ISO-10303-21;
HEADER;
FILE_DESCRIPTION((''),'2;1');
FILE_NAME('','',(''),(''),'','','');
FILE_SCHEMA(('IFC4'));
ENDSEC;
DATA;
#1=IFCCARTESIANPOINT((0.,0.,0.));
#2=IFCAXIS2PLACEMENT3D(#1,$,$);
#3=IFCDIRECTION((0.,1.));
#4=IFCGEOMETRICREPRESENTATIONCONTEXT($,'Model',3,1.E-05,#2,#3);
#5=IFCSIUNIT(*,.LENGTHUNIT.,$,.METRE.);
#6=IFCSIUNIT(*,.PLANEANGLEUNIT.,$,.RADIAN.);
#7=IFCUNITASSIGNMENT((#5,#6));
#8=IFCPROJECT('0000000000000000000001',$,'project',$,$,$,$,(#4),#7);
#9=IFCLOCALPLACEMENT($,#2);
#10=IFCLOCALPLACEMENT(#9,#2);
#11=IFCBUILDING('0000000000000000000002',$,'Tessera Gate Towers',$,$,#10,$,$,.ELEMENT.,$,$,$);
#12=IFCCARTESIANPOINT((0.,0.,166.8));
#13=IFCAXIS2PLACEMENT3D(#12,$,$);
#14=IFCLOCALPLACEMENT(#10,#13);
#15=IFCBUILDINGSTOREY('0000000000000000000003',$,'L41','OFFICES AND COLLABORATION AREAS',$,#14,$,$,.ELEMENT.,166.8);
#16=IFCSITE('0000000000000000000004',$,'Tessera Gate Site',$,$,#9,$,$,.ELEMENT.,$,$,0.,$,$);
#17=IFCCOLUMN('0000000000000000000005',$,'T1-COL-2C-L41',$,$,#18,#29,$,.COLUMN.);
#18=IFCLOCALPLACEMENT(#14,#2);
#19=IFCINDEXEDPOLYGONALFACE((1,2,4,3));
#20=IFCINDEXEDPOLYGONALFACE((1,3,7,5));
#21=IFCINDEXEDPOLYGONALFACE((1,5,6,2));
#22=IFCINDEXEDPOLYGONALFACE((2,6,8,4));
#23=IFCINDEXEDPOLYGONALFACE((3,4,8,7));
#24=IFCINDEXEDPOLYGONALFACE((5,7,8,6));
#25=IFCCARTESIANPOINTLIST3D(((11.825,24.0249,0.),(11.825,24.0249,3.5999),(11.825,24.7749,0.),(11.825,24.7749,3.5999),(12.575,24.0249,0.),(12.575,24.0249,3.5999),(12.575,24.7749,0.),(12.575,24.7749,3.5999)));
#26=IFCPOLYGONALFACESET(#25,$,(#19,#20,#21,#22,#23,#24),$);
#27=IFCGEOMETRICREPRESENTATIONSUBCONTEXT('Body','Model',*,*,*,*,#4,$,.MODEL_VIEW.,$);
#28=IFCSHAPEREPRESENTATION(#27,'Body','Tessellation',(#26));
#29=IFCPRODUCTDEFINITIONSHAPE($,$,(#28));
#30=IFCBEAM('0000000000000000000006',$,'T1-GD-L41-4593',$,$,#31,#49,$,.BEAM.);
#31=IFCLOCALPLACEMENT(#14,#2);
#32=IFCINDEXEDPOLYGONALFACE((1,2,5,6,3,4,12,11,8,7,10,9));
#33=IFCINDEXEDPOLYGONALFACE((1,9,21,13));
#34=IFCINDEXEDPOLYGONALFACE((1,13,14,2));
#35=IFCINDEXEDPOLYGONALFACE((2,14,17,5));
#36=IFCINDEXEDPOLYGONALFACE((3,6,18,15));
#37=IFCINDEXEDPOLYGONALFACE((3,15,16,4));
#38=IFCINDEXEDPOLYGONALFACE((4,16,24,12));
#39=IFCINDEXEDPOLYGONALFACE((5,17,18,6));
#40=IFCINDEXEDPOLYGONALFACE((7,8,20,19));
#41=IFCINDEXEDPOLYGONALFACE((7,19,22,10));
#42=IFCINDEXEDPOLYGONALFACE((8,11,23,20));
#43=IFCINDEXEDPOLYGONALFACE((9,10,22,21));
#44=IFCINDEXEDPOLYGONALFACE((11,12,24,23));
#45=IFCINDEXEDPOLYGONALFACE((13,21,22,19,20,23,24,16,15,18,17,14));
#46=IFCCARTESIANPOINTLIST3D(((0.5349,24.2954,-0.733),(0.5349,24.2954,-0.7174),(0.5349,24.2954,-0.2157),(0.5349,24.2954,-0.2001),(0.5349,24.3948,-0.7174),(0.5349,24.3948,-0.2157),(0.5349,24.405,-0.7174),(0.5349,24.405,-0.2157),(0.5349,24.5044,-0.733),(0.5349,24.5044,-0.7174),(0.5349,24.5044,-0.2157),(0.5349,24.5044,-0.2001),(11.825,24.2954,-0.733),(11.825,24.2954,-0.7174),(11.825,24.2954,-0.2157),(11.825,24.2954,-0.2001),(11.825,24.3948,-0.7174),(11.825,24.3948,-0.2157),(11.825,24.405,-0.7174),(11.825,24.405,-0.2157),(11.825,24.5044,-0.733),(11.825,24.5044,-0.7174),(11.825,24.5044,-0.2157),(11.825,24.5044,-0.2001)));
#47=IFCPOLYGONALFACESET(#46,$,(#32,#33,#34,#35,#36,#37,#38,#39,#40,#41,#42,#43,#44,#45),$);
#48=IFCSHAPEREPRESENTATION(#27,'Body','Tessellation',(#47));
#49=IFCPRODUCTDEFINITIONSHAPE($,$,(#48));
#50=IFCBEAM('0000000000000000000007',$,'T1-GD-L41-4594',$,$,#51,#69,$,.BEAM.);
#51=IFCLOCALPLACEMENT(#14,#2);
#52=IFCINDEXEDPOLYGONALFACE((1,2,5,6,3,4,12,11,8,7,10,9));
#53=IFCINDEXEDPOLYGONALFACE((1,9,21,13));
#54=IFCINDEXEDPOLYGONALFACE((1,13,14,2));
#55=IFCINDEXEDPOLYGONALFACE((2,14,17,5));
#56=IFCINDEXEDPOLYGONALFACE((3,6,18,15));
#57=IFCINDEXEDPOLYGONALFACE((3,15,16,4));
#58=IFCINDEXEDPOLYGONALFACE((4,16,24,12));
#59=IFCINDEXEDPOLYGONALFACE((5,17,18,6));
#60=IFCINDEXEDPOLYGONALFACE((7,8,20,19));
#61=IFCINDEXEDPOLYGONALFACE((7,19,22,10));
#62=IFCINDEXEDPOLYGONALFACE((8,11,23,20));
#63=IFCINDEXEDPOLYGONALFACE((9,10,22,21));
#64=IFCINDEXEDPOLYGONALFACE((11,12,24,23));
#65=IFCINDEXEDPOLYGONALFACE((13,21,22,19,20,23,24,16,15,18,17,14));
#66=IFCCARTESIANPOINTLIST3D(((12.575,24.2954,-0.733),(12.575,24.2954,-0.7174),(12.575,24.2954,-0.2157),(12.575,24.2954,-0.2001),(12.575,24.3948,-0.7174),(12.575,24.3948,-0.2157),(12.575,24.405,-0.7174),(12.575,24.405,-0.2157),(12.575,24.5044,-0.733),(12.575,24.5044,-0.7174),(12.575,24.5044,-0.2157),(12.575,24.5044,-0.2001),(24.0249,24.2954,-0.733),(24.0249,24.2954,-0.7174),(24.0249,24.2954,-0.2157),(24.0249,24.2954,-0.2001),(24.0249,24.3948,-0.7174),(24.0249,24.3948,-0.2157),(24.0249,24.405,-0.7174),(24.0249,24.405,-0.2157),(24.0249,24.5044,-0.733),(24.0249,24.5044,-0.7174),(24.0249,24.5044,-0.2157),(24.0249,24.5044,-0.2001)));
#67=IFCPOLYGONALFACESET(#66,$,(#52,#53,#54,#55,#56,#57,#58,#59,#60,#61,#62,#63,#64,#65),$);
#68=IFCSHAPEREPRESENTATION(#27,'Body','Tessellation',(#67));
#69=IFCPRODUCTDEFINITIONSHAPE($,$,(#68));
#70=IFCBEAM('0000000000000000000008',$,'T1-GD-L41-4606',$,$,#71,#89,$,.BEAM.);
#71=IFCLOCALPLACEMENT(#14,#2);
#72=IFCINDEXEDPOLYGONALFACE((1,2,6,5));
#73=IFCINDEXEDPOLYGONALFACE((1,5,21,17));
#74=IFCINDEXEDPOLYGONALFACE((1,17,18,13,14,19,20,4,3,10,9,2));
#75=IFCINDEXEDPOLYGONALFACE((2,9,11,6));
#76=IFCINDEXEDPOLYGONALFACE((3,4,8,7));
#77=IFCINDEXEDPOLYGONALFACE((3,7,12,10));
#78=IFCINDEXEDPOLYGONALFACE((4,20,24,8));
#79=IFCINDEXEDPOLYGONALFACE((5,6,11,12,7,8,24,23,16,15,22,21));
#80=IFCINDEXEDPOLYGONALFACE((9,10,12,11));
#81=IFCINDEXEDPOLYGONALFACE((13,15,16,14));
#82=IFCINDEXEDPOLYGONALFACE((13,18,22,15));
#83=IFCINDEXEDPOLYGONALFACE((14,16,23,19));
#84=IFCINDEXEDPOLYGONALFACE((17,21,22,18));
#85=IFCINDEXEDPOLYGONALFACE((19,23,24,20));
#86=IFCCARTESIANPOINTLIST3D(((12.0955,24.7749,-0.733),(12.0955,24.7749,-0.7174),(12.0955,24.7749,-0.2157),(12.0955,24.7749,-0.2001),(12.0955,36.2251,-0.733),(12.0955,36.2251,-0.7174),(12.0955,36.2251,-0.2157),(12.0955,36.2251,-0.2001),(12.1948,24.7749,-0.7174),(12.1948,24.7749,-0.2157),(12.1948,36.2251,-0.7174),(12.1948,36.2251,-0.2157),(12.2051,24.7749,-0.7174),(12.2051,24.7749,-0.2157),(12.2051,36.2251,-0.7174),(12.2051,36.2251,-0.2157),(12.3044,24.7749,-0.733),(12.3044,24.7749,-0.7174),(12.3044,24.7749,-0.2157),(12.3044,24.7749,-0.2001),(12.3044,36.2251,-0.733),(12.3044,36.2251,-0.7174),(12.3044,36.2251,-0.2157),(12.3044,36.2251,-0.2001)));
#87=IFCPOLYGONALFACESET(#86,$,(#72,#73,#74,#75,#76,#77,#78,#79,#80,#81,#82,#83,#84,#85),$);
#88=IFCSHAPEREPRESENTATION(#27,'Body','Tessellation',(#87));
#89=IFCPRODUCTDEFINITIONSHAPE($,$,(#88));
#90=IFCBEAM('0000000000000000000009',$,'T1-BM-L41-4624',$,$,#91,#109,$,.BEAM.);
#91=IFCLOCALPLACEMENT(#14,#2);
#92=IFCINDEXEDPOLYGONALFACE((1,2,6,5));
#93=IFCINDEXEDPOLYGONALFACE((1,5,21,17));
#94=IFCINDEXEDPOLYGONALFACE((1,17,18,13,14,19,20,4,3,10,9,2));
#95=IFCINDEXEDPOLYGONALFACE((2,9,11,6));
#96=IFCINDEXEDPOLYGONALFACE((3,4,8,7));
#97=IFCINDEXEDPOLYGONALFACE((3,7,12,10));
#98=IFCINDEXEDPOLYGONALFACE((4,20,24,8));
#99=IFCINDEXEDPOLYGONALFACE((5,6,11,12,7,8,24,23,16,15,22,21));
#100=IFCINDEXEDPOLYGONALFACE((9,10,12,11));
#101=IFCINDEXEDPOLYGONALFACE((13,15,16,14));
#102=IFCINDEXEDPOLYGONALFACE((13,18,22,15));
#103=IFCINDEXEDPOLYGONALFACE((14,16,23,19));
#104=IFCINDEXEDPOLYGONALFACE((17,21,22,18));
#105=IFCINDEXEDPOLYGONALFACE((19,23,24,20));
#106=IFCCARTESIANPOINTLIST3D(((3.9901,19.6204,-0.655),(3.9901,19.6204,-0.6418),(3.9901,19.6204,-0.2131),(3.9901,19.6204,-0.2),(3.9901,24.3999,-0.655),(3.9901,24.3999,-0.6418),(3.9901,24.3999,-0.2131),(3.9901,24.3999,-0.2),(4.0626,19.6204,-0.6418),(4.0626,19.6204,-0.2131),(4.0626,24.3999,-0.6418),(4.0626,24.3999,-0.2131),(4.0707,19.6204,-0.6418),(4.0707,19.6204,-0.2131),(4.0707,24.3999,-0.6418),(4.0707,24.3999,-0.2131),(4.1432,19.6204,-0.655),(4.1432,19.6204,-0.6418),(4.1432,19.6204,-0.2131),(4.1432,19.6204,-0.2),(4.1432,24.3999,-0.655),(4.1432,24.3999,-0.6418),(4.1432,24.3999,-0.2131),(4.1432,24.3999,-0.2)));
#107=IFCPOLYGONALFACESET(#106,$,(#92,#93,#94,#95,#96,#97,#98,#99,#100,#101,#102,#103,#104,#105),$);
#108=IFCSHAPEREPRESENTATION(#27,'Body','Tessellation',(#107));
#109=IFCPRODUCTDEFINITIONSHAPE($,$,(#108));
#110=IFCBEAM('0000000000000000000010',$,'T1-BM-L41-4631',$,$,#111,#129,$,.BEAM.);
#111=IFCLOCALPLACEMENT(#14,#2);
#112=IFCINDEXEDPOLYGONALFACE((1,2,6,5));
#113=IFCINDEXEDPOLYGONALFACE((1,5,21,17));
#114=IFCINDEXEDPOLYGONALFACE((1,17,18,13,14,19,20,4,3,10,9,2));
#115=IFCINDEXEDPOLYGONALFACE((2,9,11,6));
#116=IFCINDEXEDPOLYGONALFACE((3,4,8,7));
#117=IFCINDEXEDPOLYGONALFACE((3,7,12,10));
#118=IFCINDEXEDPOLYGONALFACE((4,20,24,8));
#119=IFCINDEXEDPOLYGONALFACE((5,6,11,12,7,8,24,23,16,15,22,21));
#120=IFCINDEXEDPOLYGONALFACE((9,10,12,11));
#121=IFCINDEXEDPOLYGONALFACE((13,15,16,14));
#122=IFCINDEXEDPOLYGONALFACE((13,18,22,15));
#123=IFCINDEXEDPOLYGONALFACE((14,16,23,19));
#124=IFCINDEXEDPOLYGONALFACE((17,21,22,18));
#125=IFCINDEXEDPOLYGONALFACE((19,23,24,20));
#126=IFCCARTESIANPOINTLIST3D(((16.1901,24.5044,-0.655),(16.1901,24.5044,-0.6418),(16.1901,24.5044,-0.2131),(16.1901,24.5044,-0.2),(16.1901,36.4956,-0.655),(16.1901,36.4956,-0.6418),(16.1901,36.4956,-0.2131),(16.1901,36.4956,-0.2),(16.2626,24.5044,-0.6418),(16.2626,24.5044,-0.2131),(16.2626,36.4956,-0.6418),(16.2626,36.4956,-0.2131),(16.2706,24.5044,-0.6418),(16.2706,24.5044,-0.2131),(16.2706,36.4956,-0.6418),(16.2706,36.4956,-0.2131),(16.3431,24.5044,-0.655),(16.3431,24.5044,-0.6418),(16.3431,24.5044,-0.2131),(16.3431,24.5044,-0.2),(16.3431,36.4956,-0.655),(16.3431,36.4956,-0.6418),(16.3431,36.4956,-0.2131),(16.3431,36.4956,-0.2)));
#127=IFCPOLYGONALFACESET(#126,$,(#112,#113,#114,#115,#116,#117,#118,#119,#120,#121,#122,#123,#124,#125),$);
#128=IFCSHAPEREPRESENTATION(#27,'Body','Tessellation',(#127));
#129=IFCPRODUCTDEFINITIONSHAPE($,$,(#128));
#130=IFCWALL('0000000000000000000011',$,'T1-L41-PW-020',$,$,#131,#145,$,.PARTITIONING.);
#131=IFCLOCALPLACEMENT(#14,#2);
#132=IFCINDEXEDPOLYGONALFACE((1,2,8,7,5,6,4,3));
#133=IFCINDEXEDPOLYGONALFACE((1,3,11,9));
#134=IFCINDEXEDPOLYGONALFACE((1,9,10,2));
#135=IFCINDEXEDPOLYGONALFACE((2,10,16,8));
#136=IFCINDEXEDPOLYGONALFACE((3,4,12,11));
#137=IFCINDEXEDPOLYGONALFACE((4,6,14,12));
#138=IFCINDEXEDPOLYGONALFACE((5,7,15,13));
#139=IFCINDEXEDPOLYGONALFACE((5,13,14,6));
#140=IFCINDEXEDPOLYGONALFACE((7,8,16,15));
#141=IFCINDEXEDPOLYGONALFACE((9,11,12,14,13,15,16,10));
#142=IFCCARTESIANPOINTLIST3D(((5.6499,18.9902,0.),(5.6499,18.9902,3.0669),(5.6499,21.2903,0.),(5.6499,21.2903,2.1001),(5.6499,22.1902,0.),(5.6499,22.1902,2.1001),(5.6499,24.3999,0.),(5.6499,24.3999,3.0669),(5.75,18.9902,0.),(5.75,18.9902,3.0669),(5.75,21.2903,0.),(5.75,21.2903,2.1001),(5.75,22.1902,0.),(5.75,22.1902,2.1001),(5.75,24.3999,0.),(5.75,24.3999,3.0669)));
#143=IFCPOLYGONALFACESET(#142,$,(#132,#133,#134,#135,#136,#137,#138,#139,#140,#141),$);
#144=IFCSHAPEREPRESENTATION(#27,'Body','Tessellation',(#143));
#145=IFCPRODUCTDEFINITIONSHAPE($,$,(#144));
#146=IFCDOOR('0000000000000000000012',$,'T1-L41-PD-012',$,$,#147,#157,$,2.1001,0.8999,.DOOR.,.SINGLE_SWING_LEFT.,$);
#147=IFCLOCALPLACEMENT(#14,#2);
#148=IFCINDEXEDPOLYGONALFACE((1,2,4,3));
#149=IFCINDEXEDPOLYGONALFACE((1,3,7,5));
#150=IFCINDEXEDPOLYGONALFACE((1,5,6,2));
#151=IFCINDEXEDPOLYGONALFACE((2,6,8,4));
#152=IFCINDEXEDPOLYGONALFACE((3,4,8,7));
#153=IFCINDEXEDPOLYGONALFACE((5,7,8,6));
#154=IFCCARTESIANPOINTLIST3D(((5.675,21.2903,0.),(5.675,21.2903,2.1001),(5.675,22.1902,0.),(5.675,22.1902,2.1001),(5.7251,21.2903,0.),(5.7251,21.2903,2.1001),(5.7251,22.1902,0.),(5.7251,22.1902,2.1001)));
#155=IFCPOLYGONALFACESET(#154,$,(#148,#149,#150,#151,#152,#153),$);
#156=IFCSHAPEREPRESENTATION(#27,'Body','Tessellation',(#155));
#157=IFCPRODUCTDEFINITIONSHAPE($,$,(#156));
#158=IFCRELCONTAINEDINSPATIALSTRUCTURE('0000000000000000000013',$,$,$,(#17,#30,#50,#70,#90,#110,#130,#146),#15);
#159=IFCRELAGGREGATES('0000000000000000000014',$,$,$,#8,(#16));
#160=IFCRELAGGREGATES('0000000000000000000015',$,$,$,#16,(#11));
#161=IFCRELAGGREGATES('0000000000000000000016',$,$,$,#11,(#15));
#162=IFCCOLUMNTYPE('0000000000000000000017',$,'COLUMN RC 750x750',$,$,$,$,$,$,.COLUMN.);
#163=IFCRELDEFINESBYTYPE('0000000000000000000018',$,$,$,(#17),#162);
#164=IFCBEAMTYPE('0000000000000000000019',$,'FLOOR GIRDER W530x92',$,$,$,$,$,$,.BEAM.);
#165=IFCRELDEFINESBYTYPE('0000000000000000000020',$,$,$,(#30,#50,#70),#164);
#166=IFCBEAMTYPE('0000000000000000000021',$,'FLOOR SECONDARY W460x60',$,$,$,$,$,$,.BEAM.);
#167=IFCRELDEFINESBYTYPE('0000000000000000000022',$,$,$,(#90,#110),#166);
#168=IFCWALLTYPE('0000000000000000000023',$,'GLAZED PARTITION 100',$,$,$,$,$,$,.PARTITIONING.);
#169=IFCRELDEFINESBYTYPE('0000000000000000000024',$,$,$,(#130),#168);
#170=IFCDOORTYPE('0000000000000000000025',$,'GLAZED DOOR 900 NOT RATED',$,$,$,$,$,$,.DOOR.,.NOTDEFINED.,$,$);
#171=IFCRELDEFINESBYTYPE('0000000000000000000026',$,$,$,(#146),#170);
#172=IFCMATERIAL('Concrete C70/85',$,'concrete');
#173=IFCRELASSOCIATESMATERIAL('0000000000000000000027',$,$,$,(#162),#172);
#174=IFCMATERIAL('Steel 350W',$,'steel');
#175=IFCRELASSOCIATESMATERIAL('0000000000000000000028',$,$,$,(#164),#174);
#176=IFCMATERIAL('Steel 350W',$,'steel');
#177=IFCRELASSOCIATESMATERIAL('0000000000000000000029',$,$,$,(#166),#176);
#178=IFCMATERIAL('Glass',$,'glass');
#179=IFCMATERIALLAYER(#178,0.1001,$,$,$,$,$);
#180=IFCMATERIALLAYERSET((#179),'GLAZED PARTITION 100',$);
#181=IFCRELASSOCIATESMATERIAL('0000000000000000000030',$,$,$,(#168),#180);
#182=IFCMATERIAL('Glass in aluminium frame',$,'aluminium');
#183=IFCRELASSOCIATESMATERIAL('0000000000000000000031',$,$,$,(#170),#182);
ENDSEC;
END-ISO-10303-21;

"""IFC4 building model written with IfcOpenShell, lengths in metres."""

from ifc_helpers import new_model, si_unit, direction, frame, frame_2d, origin, origin_2d, place, context, subcontext, project, spatial, rectangle, i_section, extrude, source, transform, mapped, material, layer, layer_set, material_profile, profile_set, type_object, element, fill, save


model = new_model("IFC4")

# Units and contexts
model_context = context("Model", 3, precision=1e-05, world=origin(), true_north=direction((0.0, 1.0)))
body_context = subcontext(model_context, "Body", "Model", "MODEL_VIEW")
ifc_project = project(units=[si_unit("LENGTHUNIT", "METRE"), si_unit("PLANEANGLEUNIT", "RADIAN")], contexts=[model_context])

# Site, building, storey
site_placement = place(None, origin())
site = spatial("IfcSite", under=ifc_project, at=site_placement, Name="Tessera Gate Site", CompositionType="ELEMENT", RefElevation=0.0)
building_placement = place(site_placement, origin())
building = spatial("IfcBuilding", under=site, at=building_placement, Name="Tessera Gate Towers", CompositionType="ELEMENT")
storey_placement = place(building_placement, frame((0.0, 0.0, 166.8)))
storey = spatial("IfcBuildingStorey", under=building, at=storey_placement, Name="L41", Description="OFFICES AND COLLABORATION AREAS", CompositionType="ELEMENT", Elevation=166.8)

# Column
ifc_material_1 = material(Name="Concrete C70/85", Category="concrete")
ifc_material_profile_1 = material_profile(ifc_material_1, rectangle(XDim=0.75, YDim=0.75, at=origin_2d()), Name="RC 750x750")
ifc_profile_set_1 = profile_set([ifc_material_profile_1], Name="Concrete C70/85")
column_type = type_object("IfcColumnType", Name="COLUMN RC 750x750", PredefinedType="COLUMN", material=ifc_profile_set_1)
column_placement = place(storey_placement, frame((12.2, 24.3999, 0.0), z_axis=(0.0, 0.0, 1.0), x_axis=(1.0, 0.0, 0.0)))
element("IfcColumn", 1, at=column_placement, inside=storey, type_object=column_type, Name="T1-COL-2C-L41", PredefinedType="COLUMN", context=body_context, shape_type="SweptSolid", body=[
    extrude(rectangle(XDim=0.75, YDim=0.75, at=origin_2d()), origin(), (0.0, 0.0, 1.0), 3.5999),
])

# Beams
ifc_material_2 = material(Name="Steel 350W", Category="steel")
ifc_material_profile_2 = material_profile(ifc_material_2, i_section(OverallWidth=0.209, OverallDepth=0.533, WebThickness=0.0103, FlangeThickness=0.0156, at=origin_2d()), Name="W530x92")
ifc_profile_set_2 = profile_set([ifc_material_profile_2], Name="Steel 350W")
beam_type_1 = type_object("IfcBeamType", Name="FLOOR GIRDER W530x92", PredefinedType="BEAM", material=ifc_profile_set_2)
beam_1_placement = place(storey_placement, frame((0.5349, 24.3999, -0.4666), z_axis=(1.0, 0.0, 0.0), x_axis=(0.0, 1.0, 0.0)))
element("IfcBeam", 2, at=beam_1_placement, inside=storey, type_object=beam_type_1, Name="T1-GD-L41-4593", PredefinedType="BEAM", context=body_context, shape_type="SweptSolid", body=[
    extrude(i_section(OverallWidth=0.209, OverallDepth=0.533, WebThickness=0.0103, FlangeThickness=0.0156, at=origin_2d()), origin(), (0.0, 0.0, 1.0), 11.29),
])
beam_2_placement = place(storey_placement, frame((12.575, 24.3999, -0.4666), z_axis=(1.0, 0.0, 0.0), x_axis=(0.0, 1.0, 0.0)))
element("IfcBeam", 3, at=beam_2_placement, inside=storey, type_object=beam_type_1, Name="T1-GD-L41-4594", PredefinedType="BEAM", context=body_context, shape_type="SweptSolid", body=[
    extrude(i_section(OverallWidth=0.209, OverallDepth=0.533, WebThickness=0.0103, FlangeThickness=0.0156, at=origin_2d()), origin(), (0.0, 0.0, 1.0), 11.45),
])
beam_3_placement = place(storey_placement, frame((12.2, 24.7749, -0.4666), z_axis=(0.0, 1.0, 0.0), x_axis=(-1.0, 0.0, 0.0)))
element("IfcBeam", 4, at=beam_3_placement, inside=storey, type_object=beam_type_1, Name="T1-GD-L41-4606", PredefinedType="BEAM", context=body_context, shape_type="SweptSolid", body=[
    extrude(i_section(OverallWidth=0.209, OverallDepth=0.533, WebThickness=0.0103, FlangeThickness=0.0156, at=origin_2d()), origin(), (0.0, 0.0, 1.0), 11.4502),
])
ifc_material_3 = material(Name="Steel 350W", Category="steel")
ifc_material_profile_3 = material_profile(ifc_material_3, i_section(OverallWidth=0.1531, OverallDepth=0.4551, WebThickness=0.0081, FlangeThickness=0.0132, at=origin_2d()), Name="W460x60")
ifc_profile_set_3 = profile_set([ifc_material_profile_3], Name="Steel 350W")
beam_type_2 = type_object("IfcBeamType", Name="FLOOR SECONDARY W460x60", PredefinedType="BEAM", material=ifc_profile_set_3)
beam_4_placement = place(storey_placement, frame((4.0667, 19.6204, -0.4275), z_axis=(0.0, 1.0, 0.0), x_axis=(-1.0, 0.0, 0.0)))
element("IfcBeam", 5, at=beam_4_placement, inside=storey, type_object=beam_type_2, Name="T1-BM-L41-4624", PredefinedType="BEAM", context=body_context, shape_type="SweptSolid", body=[
    extrude(i_section(OverallWidth=0.1531, OverallDepth=0.4551, WebThickness=0.0081, FlangeThickness=0.0132, at=origin_2d()), origin(), (0.0, 0.0, 1.0), 4.7795),
])
beam_5_placement = place(storey_placement, frame((16.2666, 24.5044, -0.4275), z_axis=(0.0, 1.0, 0.0), x_axis=(-1.0, 0.0, 0.0)))
element("IfcBeam", 6, at=beam_5_placement, inside=storey, type_object=beam_type_2, Name="T1-BM-L41-4631", PredefinedType="BEAM", context=body_context, shape_type="SweptSolid", body=[
    extrude(i_section(OverallWidth=0.1531, OverallDepth=0.4551, WebThickness=0.0081, FlangeThickness=0.0132, at=origin_2d()), origin(), (0.0, 0.0, 1.0), 11.9912),
])

# Wall, opening, door
ifc_material_4 = material(Name="Glass", Category="glass")
ifc_layer_1 = layer(ifc_material_4, 0.1001)
ifc_layer_set_1 = layer_set([ifc_layer_1], Name="GLAZED PARTITION 100")
wall_type_1 = type_object("IfcWallType", Name="GLAZED PARTITION 100", PredefinedType="PARTITIONING", material=ifc_layer_set_1)
wall_1_placement = place(storey_placement, frame((5.7, 18.9902, 0.0), z_axis=(0.0, 0.0, 1.0), x_axis=(0.0, 1.0, 0.0)))
wall_1 = element("IfcWall", 7, at=wall_1_placement, inside=storey, type_object=wall_type_1, Name="T1-L41-PW-020", PredefinedType="PARTITIONING", context=body_context, shape_type="SweptSolid", body=[
    extrude(rectangle(XDim=5.4097, YDim=0.1001, at=frame_2d((2.7048, 0.0))), origin(), (0.0, 0.0, 1.0), 3.0669),
])
shared_shape_1 = source(origin(), body_context, "Body", "SweptSolid", [
    extrude(rectangle(XDim=0.8999, YDim=2.1001, at=frame_2d((0.45, 1.05))), frame((0.0, 0.0601, 0.0), z_axis=(0.0, -1.0, 0.0), x_axis=(1.0, 0.0, 0.0)), (0.0, 0.0, 1.0), 0.1201),
])
opening_1_placement = place(wall_1_placement, frame((2.3, 0.0, 0.0)))
opening_1 = element("IfcOpeningElement", 8, at=opening_1_placement, cuts=wall_1, PredefinedType="OPENING", context=body_context, shape_type="MappedRepresentation", body=[
    mapped(shared_shape_1, transform((0.0, 0.0, 0.0), scale=1.0)),
])
ifc_material_5 = material(Name="Glass in aluminium frame", Category="aluminium")
door_type_1 = type_object("IfcDoorType", Name="GLAZED DOOR 900 NOT RATED", OperationType="NOTDEFINED", PredefinedType="DOOR", material=ifc_material_5)
shared_shape_2 = source(origin(), body_context, "Body", "SweptSolid", [
    extrude(rectangle(XDim=0.8999, YDim=2.1001, at=frame_2d((0.45, 1.05))), frame((0.0, 0.0249, 0.0), z_axis=(0.0, -1.0, 0.0), x_axis=(1.0, 0.0, 0.0)), (0.0, 0.0, 1.0), 0.05),
])
door_1_placement = place(opening_1_placement, origin())
door_1 = element("IfcDoor", 9, at=door_1_placement, inside=storey, type_object=door_type_1, Name="T1-L41-PD-012", OperationType="SINGLE_SWING_LEFT", OverallHeight=2.1001, OverallWidth=0.8999, PredefinedType="DOOR", context=body_context, shape_type="MappedRepresentation", body=[
    mapped(shared_shape_2, transform((0.0, 0.0, 0.0), scale=1.0)),
])
fill(opening_1, door_1)

save(model, "model.ifc")
